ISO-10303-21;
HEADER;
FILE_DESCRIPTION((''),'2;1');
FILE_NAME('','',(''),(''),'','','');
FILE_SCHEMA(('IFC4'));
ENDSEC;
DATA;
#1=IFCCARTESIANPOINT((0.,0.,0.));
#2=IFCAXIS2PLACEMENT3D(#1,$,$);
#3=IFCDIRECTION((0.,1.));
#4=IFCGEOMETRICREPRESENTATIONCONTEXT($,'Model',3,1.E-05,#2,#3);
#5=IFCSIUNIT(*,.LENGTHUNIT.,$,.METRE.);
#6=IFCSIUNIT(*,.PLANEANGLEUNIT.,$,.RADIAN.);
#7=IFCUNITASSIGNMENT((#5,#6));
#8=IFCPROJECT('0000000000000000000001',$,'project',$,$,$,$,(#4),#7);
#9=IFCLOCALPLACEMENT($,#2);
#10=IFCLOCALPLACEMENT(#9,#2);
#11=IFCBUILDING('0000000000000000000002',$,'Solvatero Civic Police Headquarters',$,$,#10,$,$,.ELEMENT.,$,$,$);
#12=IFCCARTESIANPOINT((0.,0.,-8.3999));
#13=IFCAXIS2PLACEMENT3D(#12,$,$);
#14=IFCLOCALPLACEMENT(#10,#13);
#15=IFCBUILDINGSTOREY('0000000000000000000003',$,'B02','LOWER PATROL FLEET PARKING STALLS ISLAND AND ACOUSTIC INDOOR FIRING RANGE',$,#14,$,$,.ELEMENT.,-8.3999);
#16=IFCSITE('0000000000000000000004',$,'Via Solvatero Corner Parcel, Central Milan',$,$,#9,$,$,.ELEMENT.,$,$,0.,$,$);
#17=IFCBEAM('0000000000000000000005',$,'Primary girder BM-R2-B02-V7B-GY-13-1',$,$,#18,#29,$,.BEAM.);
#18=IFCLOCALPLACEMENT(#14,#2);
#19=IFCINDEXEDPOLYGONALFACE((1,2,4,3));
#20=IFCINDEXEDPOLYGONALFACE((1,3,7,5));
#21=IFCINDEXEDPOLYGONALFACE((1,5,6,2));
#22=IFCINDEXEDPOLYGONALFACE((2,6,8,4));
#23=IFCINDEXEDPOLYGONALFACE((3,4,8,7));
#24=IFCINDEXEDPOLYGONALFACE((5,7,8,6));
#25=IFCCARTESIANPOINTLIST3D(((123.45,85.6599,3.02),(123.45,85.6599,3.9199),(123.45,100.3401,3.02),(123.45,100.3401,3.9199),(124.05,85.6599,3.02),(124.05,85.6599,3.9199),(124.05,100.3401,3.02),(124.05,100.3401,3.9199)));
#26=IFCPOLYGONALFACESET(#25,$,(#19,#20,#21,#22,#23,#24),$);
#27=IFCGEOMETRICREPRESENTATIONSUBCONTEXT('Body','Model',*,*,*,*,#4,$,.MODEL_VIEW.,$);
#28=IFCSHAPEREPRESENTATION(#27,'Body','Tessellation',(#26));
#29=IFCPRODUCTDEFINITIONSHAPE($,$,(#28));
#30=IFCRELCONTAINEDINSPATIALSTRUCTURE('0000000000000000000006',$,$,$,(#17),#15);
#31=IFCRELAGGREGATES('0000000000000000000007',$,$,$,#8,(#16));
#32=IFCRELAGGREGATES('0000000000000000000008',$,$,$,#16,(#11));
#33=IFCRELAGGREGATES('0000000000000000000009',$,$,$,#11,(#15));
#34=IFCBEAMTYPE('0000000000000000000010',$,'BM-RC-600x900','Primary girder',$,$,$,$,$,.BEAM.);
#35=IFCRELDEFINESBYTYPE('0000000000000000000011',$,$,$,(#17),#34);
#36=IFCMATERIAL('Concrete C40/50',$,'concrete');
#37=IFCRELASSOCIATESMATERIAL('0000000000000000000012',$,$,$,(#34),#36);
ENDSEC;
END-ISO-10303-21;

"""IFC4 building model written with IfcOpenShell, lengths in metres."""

from ifc_helpers import new_model, si_unit, direction, frame, origin, origin_2d, place, context, subcontext, project, spatial, rectangle, extrude, material, material_profile, profile_set, type_object, element, save


model = new_model("IFC4")

# Units and contexts
model_context = context("Model", 3, precision=1e-05, world=origin(), true_north=direction((0.0, 1.0)))
body_context = subcontext(model_context, "Body", "Model", "MODEL_VIEW")
ifc_project = project(units=[si_unit("LENGTHUNIT", "METRE"), si_unit("PLANEANGLEUNIT", "RADIAN")], contexts=[model_context])

# Site, building, storey
site_placement = place(None, origin())
site = spatial("IfcSite", under=ifc_project, at=site_placement, Name="Via Solvatero Corner Parcel, Central Milan", CompositionType="ELEMENT", RefElevation=0.0)
building_placement = place(site_placement, origin())
building = spatial("IfcBuilding", under=site, at=building_placement, Name="Solvatero Civic Police Headquarters", CompositionType="ELEMENT")
storey_placement = place(building_placement, frame((0.0, 0.0, -8.3999)))
storey = spatial("IfcBuildingStorey", under=building, at=storey_placement, Name="B02", Description="LOWER PATROL FLEET PARKING STALLS ISLAND AND ACOUSTIC INDOOR FIRING RANGE", CompositionType="ELEMENT", Elevation=-8.3999)

# Shared definitions
ifc_material_1 = material(Name="Concrete C40/50", Category="concrete")

# Beam
ifc_material_profile_1 = material_profile(ifc_material_1, rectangle(XDim=0.6001, YDim=0.8999, at=origin_2d()), Name="RC 600x900")
ifc_profile_set_1 = profile_set([ifc_material_profile_1], Name="Concrete C40/50")
beam_type_1 = type_object("IfcBeamType", Name="BM-RC-600x900", Description="Primary girder", PredefinedType="BEAM", material=ifc_profile_set_1)
beam_1_placement = place(storey_placement, frame((123.75, 85.6599, 3.47), z_axis=(0.0, 1.0, 0.0), x_axis=(-1.0, 0.0, 0.0)))
element("IfcBeam", 1, at=beam_1_placement, inside=storey, type_object=beam_type_1, Name="Primary girder BM-R2-B02-V7B-GY-13-1", PredefinedType="BEAM", context=body_context, shape_type="SweptSolid", body=[
    extrude(rectangle(XDim=0.6001, YDim=0.8999, at=origin_2d()), origin(), (0.0, 0.0, 1.0), 14.6802),
])

save(model, "model.ifc")
